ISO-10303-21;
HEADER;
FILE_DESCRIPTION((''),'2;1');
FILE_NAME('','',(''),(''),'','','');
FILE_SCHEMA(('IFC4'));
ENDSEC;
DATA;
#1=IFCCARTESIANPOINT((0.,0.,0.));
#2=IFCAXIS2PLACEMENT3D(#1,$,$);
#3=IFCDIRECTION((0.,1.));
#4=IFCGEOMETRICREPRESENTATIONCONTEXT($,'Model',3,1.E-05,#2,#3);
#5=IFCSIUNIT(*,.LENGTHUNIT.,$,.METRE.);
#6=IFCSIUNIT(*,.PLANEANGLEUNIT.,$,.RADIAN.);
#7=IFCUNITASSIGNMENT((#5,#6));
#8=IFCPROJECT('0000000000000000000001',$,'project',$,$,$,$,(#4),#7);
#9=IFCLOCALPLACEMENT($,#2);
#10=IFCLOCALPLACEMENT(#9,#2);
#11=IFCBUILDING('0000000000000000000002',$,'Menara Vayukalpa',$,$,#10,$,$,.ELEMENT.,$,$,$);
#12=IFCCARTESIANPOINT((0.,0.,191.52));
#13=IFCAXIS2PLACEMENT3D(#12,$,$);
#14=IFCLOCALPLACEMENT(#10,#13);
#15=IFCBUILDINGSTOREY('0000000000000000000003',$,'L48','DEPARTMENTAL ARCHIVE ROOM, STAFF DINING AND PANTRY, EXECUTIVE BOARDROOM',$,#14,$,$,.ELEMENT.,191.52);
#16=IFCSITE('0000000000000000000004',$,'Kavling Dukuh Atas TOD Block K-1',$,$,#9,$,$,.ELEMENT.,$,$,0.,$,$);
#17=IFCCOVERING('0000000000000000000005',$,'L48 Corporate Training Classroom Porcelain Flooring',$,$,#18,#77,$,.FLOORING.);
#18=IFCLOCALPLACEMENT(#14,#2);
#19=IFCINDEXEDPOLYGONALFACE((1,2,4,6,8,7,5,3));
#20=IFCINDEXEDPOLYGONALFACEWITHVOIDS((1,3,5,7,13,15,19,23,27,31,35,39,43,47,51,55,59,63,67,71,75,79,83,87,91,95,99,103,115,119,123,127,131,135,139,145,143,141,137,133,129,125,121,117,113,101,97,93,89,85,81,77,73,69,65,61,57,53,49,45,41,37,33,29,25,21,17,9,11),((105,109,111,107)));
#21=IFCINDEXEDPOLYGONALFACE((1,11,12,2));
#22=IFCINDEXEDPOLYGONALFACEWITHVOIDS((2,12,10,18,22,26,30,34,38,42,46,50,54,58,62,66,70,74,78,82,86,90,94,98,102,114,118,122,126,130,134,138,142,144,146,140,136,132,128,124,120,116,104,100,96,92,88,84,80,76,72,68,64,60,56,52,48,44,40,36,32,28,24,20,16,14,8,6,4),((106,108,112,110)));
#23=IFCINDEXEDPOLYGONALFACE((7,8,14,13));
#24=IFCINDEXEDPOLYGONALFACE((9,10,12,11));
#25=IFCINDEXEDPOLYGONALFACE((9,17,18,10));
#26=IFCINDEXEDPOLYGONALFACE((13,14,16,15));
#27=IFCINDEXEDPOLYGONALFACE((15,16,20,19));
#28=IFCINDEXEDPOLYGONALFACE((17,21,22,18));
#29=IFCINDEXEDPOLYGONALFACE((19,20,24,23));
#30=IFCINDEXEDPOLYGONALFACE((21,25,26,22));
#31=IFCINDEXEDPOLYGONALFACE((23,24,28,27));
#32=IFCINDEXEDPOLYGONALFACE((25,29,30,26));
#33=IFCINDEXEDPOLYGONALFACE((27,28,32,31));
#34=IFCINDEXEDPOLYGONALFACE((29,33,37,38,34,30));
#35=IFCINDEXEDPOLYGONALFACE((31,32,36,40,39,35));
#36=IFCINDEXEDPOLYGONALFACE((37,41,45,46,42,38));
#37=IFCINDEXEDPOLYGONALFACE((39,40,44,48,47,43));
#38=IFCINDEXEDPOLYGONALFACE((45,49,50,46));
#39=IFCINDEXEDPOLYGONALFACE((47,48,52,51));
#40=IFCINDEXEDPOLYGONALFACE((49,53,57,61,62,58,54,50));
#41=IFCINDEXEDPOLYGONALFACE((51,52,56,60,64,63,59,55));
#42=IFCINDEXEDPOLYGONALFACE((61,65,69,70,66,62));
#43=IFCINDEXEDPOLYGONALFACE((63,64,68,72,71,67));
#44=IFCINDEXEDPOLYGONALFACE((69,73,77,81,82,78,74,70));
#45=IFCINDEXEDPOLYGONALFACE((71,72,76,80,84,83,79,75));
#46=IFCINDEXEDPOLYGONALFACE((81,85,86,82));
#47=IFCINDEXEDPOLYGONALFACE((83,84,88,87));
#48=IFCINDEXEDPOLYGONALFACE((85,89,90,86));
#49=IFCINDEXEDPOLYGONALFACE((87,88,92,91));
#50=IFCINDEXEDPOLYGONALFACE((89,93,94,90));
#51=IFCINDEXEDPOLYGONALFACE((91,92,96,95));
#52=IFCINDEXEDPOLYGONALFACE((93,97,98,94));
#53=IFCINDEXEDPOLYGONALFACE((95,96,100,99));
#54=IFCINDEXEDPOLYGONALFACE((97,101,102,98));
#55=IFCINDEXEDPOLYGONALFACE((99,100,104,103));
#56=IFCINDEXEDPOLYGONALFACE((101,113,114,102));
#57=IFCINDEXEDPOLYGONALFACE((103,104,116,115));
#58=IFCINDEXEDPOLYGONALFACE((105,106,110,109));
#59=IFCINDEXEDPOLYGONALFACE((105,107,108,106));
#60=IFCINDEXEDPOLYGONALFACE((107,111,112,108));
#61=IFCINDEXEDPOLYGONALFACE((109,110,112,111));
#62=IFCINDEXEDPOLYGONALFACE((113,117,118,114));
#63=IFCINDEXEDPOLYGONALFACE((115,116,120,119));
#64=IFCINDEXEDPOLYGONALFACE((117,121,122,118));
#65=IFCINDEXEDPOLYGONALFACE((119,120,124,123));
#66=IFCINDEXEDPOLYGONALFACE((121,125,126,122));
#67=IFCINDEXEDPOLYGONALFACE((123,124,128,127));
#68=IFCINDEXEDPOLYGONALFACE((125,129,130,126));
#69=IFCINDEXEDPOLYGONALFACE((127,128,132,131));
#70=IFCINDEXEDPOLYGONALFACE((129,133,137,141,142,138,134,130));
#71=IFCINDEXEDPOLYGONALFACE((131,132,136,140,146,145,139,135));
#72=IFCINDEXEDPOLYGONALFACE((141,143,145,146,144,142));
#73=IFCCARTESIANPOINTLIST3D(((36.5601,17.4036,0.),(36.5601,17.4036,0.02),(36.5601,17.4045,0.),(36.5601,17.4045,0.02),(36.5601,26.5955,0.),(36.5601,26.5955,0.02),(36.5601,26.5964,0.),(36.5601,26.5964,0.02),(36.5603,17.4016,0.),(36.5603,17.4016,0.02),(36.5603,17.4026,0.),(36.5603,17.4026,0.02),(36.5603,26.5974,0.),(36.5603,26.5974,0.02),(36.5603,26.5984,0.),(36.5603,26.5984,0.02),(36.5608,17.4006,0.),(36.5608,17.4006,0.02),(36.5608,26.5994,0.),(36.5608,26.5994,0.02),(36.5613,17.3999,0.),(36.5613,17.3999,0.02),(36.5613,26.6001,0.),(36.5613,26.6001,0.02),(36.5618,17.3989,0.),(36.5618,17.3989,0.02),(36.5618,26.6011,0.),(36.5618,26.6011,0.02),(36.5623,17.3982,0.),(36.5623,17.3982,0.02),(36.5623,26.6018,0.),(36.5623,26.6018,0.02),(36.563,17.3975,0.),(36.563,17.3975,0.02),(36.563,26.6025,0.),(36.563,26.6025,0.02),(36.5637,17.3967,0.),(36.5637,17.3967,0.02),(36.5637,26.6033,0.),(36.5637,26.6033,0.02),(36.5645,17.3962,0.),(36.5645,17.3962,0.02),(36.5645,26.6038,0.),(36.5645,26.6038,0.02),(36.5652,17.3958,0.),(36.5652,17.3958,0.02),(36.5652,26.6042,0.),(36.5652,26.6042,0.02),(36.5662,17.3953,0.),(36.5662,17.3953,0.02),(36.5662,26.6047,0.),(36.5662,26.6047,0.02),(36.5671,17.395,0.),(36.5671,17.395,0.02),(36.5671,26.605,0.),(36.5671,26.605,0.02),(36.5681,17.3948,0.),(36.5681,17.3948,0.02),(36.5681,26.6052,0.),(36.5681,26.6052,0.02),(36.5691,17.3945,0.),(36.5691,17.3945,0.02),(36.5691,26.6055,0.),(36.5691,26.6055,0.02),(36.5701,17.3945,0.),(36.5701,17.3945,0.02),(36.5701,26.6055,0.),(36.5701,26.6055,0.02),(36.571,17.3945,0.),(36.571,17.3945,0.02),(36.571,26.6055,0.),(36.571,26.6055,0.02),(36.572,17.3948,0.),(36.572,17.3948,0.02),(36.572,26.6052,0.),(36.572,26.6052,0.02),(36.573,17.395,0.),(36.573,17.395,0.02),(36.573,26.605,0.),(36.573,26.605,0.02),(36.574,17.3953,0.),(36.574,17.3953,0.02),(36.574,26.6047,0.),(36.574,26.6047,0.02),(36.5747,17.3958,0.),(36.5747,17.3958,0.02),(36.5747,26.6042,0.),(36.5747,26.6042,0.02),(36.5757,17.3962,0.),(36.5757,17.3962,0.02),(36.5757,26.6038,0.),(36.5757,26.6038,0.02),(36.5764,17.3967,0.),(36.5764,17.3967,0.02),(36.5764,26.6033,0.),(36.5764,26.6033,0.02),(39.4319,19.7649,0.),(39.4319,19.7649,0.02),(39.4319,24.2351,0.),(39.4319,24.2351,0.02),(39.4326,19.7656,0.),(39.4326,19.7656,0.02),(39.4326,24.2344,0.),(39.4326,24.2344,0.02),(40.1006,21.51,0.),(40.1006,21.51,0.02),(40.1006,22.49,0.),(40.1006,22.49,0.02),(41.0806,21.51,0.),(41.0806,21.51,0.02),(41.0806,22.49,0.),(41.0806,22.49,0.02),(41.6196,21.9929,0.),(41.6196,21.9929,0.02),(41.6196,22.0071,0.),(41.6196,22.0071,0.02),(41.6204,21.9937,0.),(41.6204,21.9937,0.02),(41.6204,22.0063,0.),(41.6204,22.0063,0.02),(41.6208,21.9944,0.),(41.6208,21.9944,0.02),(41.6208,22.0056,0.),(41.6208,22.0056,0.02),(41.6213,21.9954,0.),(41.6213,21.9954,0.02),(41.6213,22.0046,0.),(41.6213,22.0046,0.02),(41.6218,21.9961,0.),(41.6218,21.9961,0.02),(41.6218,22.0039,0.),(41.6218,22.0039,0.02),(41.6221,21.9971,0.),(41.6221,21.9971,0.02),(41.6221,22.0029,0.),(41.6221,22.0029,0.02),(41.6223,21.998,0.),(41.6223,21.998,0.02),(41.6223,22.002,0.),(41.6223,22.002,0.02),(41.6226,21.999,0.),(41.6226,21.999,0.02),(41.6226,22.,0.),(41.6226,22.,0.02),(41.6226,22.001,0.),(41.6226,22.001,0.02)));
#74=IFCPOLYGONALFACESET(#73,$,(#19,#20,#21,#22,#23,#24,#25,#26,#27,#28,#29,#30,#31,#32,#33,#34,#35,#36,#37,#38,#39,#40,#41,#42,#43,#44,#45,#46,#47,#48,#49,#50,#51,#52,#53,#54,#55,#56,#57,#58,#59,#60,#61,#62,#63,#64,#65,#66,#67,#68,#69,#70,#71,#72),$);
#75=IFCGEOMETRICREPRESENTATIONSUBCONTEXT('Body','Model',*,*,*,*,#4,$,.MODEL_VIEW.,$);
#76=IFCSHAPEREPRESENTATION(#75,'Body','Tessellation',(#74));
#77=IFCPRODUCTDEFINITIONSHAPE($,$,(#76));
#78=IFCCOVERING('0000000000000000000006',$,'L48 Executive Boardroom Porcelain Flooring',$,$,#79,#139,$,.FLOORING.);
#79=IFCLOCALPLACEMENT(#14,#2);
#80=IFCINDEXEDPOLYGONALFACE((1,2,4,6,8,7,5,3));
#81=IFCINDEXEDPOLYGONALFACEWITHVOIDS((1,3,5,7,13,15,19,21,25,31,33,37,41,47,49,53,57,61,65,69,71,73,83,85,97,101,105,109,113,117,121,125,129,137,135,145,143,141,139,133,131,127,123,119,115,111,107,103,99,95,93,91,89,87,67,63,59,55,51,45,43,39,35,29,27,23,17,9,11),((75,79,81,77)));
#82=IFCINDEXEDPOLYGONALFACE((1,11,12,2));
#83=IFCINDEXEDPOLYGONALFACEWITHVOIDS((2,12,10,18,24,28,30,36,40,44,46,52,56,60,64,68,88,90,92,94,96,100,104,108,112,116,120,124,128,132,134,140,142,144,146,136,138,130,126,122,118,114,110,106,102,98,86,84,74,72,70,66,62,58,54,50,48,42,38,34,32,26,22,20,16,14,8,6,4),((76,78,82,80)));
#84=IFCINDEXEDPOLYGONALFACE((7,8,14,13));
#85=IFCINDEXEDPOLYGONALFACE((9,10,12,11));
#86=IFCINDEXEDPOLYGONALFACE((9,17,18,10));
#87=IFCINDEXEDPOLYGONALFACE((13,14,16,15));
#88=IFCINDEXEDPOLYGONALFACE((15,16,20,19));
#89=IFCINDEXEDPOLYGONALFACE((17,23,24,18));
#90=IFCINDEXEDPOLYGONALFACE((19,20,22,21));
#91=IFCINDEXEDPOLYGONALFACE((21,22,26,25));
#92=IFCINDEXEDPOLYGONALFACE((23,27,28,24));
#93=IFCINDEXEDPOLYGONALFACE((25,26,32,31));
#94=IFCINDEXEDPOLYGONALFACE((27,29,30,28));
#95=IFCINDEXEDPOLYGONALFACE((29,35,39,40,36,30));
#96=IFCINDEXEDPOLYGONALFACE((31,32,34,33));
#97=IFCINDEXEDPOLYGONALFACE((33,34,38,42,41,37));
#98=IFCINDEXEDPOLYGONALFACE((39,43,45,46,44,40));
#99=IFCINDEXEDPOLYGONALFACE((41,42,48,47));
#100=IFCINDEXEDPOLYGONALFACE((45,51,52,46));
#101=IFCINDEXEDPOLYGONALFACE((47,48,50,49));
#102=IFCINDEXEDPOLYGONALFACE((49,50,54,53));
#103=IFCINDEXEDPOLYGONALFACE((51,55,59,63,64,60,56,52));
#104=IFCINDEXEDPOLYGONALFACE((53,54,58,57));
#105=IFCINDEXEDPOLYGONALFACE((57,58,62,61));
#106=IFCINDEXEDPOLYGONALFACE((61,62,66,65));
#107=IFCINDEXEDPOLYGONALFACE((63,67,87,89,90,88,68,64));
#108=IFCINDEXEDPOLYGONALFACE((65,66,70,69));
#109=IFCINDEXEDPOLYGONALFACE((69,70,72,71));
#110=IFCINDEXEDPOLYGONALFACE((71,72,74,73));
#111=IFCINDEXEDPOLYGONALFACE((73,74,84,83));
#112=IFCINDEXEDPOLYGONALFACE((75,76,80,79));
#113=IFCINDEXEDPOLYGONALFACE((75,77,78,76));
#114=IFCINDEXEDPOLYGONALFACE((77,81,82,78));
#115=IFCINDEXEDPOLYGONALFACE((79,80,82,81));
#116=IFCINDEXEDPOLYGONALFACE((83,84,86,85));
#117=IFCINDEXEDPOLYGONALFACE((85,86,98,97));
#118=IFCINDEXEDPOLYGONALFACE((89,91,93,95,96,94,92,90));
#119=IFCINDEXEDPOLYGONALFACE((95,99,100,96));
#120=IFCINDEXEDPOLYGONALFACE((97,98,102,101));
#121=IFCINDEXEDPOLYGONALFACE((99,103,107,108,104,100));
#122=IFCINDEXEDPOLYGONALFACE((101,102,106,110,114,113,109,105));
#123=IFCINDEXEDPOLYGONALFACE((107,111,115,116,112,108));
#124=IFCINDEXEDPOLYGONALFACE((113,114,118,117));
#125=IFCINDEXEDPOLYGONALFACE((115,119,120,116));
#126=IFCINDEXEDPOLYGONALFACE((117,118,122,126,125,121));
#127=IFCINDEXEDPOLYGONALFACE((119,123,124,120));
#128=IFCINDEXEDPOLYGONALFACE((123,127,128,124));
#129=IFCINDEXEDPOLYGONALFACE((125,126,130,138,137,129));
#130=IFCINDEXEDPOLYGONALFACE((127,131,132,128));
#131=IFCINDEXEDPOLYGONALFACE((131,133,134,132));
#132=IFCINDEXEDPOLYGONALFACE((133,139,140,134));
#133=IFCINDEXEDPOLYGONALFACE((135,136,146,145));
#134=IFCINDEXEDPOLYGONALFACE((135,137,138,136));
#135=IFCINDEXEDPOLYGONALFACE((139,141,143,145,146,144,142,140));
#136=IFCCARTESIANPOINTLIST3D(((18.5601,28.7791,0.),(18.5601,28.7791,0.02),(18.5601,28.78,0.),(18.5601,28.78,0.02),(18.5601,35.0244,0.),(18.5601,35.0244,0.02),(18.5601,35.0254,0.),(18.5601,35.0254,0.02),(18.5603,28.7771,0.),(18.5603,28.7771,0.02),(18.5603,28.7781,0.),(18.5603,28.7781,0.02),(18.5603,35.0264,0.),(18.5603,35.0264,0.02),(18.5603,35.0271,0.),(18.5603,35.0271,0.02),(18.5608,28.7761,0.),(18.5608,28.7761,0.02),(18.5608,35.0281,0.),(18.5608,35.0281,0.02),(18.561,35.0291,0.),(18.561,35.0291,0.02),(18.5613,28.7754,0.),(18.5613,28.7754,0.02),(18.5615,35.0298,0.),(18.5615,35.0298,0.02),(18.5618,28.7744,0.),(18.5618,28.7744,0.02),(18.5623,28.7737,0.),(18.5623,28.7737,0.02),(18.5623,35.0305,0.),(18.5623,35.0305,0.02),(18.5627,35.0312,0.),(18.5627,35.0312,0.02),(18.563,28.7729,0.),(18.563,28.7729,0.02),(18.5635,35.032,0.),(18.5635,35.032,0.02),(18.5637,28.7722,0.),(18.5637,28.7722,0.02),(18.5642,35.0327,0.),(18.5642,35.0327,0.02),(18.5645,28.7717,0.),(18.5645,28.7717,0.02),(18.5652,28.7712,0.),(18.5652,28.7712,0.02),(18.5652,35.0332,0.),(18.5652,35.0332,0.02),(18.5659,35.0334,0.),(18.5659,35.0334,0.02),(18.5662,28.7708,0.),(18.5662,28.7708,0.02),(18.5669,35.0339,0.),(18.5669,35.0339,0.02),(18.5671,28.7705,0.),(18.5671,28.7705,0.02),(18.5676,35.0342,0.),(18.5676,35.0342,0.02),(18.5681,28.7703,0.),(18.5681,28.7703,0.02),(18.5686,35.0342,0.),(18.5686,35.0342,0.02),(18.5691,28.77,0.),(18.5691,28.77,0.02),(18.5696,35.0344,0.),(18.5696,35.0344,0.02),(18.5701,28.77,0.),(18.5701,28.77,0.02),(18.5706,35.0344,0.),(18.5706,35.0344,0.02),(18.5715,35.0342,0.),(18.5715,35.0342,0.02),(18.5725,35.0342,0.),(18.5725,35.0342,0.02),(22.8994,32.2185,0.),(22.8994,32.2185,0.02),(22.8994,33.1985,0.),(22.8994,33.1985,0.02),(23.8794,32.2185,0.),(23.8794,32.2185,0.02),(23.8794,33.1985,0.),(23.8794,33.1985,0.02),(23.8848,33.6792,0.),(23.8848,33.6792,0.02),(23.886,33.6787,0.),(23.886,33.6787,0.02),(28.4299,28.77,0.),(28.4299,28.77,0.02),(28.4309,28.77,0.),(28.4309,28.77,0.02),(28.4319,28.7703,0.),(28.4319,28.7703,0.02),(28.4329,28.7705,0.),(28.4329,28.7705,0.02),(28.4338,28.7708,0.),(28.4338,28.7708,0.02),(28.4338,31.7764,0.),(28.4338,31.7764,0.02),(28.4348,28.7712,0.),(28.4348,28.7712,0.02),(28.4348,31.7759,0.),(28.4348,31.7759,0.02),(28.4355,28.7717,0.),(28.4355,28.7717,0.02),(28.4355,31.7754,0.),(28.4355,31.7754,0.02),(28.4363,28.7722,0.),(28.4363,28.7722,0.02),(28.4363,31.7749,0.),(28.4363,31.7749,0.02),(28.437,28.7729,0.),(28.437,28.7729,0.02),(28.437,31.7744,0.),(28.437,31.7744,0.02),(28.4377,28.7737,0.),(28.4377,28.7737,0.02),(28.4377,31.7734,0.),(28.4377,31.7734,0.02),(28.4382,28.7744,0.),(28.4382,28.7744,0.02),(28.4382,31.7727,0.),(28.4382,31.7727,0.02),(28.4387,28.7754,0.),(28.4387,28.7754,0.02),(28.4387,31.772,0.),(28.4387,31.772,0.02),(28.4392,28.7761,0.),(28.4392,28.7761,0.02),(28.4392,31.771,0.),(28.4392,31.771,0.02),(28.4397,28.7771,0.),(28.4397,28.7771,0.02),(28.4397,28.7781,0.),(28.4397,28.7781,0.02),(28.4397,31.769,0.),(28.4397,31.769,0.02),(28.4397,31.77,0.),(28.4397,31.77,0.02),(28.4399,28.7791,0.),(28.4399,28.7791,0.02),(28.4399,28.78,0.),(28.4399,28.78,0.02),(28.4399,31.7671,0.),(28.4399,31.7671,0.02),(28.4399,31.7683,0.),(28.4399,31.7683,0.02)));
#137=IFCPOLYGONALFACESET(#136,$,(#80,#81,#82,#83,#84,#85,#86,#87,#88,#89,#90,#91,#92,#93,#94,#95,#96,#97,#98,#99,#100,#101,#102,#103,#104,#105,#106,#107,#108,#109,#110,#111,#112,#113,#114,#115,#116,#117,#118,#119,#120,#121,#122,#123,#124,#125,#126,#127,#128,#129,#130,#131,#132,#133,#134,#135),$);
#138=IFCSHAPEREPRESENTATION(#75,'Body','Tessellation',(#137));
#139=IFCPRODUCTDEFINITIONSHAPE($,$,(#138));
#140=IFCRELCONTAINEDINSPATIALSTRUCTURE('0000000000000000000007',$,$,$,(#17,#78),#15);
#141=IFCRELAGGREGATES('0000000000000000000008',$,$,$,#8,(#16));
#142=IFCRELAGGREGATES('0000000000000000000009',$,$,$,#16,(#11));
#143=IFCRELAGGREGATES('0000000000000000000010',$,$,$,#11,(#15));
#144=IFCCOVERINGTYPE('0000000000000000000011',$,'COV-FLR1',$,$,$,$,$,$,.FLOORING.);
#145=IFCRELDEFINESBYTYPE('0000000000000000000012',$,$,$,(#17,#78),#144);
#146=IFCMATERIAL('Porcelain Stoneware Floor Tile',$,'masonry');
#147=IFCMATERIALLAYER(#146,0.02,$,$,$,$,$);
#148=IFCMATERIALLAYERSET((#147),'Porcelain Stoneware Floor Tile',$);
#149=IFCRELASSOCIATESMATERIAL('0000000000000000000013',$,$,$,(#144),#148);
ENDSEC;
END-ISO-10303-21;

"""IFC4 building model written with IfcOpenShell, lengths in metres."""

from ifc_helpers import new_model, si_unit, direction, frame, origin, place, context, subcontext, project, spatial, polyline, outline, extrude, material, layer, layer_set, type_object, element, save


model = new_model("IFC4")

# Units and contexts
model_context = context("Model", 3, precision=1e-05, world=origin(), true_north=direction((0.0, 1.0)))
body_context = subcontext(model_context, "Body", "Model", "MODEL_VIEW")
ifc_project = project(units=[si_unit("LENGTHUNIT", "METRE"), si_unit("PLANEANGLEUNIT", "RADIAN")], contexts=[model_context])

# Site, building, storey
site_placement = place(None, origin())
site = spatial("IfcSite", under=ifc_project, at=site_placement, Name="Kavling Dukuh Atas TOD Block K-1", CompositionType="ELEMENT", RefElevation=0.0)
building_placement = place(site_placement, origin())
building = spatial("IfcBuilding", under=site, at=building_placement, Name="Menara Vayukalpa", CompositionType="ELEMENT")
storey_placement = place(building_placement, frame((0.0, 0.0, 191.52)))
storey = spatial("IfcBuildingStorey", under=building, at=storey_placement, Name="L48", Description="DEPARTMENTAL ARCHIVE ROOM, STAFF DINING AND PANTRY, EXECUTIVE BOARDROOM", CompositionType="ELEMENT", Elevation=191.52)

# Coverings
ifc_material_1 = material(Name="Porcelain Stoneware Floor Tile", Category="masonry")
ifc_layer_1 = layer(ifc_material_1, 0.02)
ifc_layer_set_1 = layer_set([ifc_layer_1], Name="Porcelain Stoneware Floor Tile")
covering_type_1 = type_object("IfcCoveringType", Name="COV-FLR1", PredefinedType="FLOORING", material=ifc_layer_set_1)
covering_1_placement = place(storey_placement, origin())
element("IfcCovering", 1, at=covering_1_placement, inside=storey, type_object=covering_type_1, Name="L48 Corporate Training Classroom Porcelain Flooring", PredefinedType="FLOORING", context=body_context, shape_type="SweptSolid", body=[
    extrude(outline(polyline([(41.6196, 22.0071), (41.6204, 22.0063), (41.6208, 22.0056), (41.6213, 22.0046), (41.6218, 22.0039), (41.6221, 22.0029), (41.6223, 22.002), (41.6226, 22.001), (41.6226, 22.0), (41.6226, 21.999), (41.6223, 21.998), (41.6221, 21.9971), (41.6218, 21.9961), (41.6213, 21.9954), (41.6208, 21.9944), (41.6204, 21.9937), (41.6196, 21.9929), (39.4326, 19.7656), (39.4319, 19.7649), (36.5764, 17.3967), (36.5757, 17.3962), (36.5747, 17.3958), (36.574, 17.3953), (36.573, 17.395), (36.572, 17.3948), (36.571, 17.3945), (36.5701, 17.3945), (36.5691, 17.3945), (36.5681, 17.3948), (36.5671, 17.395), (36.5662, 17.3953), (36.5652, 17.3958), (36.5645, 17.3962), (36.5637, 17.3967), (36.563, 17.3975), (36.5623, 17.3982), (36.5618, 17.3989), (36.5613, 17.3999), (36.5608, 17.4006), (36.5603, 17.4016), (36.5603, 17.4026), (36.5601, 17.4036), (36.5601, 17.4045), (36.5601, 26.5955), (36.5601, 26.5964), (36.5603, 26.5974), (36.5603, 26.5984), (36.5608, 26.5994), (36.5613, 26.6001), (36.5618, 26.6011), (36.5623, 26.6018), (36.563, 26.6025), (36.5637, 26.6033), (36.5645, 26.6038), (36.5652, 26.6042), (36.5662, 26.6047), (36.5671, 26.605), (36.5681, 26.6052), (36.5691, 26.6055), (36.5701, 26.6055), (36.571, 26.6055), (36.572, 26.6052), (36.573, 26.605), (36.574, 26.6047), (36.5747, 26.6042), (36.5757, 26.6038), (36.5764, 26.6033), (39.4319, 24.2351), (39.4326, 24.2344), (41.6196, 22.0071)]), holes=[polyline([(41.0806, 22.49), (40.1006, 22.49), (40.1006, 21.51), (41.0806, 21.51), (41.0806, 22.49)])]), origin(), (0.0, 0.0, 1.0), 0.02),
])
covering_2_placement = place(storey_placement, origin())
element("IfcCovering", 2, at=covering_2_placement, inside=storey, type_object=covering_type_1, Name="L48 Executive Boardroom Porcelain Flooring", PredefinedType="FLOORING", context=body_context, shape_type="SweptSolid", body=[
    extrude(outline(polyline([(28.4338, 31.7764), (28.4348, 31.7759), (28.4355, 31.7754), (28.4363, 31.7749), (28.437, 31.7744), (28.4377, 31.7734), (28.4382, 31.7727), (28.4387, 31.772), (28.4392, 31.771), (28.4397, 31.77), (28.4397, 31.769), (28.4399, 31.7683), (28.4399, 31.7671), (28.4399, 28.78), (28.4399, 28.7791), (28.4397, 28.7781), (28.4397, 28.7771), (28.4392, 28.7761), (28.4387, 28.7754), (28.4382, 28.7744), (28.4377, 28.7737), (28.437, 28.7729), (28.4363, 28.7722), (28.4355, 28.7717), (28.4348, 28.7712), (28.4338, 28.7708), (28.4329, 28.7705), (28.4319, 28.7703), (28.4309, 28.77), (28.4299, 28.77), (18.5701, 28.77), (18.5691, 28.77), (18.5681, 28.7703), (18.5671, 28.7705), (18.5662, 28.7708), (18.5652, 28.7712), (18.5645, 28.7717), (18.5637, 28.7722), (18.563, 28.7729), (18.5623, 28.7737), (18.5618, 28.7744), (18.5613, 28.7754), (18.5608, 28.7761), (18.5603, 28.7771), (18.5603, 28.7781), (18.5601, 28.7791), (18.5601, 28.78), (18.5601, 35.0244), (18.5601, 35.0254), (18.5603, 35.0264), (18.5603, 35.0271), (18.5608, 35.0281), (18.561, 35.0291), (18.5615, 35.0298), (18.5623, 35.0305), (18.5627, 35.0312), (18.5635, 35.032), (18.5642, 35.0327), (18.5652, 35.0332), (18.5659, 35.0334), (18.5669, 35.0339), (18.5676, 35.0342), (18.5686, 35.0342), (18.5696, 35.0344), (18.5706, 35.0344), (18.5715, 35.0342), (18.5725, 35.0342), (23.8848, 33.6792), (23.886, 33.6787), (28.4338, 31.7764)]), holes=[polyline([(23.8794, 32.2185), (23.8794, 33.1985), (22.8994, 33.1985), (22.8994, 32.2185), (23.8794, 32.2185)])]), origin(), (0.0, 0.0, 1.0), 0.02),
])

save(model, "model.ifc")
